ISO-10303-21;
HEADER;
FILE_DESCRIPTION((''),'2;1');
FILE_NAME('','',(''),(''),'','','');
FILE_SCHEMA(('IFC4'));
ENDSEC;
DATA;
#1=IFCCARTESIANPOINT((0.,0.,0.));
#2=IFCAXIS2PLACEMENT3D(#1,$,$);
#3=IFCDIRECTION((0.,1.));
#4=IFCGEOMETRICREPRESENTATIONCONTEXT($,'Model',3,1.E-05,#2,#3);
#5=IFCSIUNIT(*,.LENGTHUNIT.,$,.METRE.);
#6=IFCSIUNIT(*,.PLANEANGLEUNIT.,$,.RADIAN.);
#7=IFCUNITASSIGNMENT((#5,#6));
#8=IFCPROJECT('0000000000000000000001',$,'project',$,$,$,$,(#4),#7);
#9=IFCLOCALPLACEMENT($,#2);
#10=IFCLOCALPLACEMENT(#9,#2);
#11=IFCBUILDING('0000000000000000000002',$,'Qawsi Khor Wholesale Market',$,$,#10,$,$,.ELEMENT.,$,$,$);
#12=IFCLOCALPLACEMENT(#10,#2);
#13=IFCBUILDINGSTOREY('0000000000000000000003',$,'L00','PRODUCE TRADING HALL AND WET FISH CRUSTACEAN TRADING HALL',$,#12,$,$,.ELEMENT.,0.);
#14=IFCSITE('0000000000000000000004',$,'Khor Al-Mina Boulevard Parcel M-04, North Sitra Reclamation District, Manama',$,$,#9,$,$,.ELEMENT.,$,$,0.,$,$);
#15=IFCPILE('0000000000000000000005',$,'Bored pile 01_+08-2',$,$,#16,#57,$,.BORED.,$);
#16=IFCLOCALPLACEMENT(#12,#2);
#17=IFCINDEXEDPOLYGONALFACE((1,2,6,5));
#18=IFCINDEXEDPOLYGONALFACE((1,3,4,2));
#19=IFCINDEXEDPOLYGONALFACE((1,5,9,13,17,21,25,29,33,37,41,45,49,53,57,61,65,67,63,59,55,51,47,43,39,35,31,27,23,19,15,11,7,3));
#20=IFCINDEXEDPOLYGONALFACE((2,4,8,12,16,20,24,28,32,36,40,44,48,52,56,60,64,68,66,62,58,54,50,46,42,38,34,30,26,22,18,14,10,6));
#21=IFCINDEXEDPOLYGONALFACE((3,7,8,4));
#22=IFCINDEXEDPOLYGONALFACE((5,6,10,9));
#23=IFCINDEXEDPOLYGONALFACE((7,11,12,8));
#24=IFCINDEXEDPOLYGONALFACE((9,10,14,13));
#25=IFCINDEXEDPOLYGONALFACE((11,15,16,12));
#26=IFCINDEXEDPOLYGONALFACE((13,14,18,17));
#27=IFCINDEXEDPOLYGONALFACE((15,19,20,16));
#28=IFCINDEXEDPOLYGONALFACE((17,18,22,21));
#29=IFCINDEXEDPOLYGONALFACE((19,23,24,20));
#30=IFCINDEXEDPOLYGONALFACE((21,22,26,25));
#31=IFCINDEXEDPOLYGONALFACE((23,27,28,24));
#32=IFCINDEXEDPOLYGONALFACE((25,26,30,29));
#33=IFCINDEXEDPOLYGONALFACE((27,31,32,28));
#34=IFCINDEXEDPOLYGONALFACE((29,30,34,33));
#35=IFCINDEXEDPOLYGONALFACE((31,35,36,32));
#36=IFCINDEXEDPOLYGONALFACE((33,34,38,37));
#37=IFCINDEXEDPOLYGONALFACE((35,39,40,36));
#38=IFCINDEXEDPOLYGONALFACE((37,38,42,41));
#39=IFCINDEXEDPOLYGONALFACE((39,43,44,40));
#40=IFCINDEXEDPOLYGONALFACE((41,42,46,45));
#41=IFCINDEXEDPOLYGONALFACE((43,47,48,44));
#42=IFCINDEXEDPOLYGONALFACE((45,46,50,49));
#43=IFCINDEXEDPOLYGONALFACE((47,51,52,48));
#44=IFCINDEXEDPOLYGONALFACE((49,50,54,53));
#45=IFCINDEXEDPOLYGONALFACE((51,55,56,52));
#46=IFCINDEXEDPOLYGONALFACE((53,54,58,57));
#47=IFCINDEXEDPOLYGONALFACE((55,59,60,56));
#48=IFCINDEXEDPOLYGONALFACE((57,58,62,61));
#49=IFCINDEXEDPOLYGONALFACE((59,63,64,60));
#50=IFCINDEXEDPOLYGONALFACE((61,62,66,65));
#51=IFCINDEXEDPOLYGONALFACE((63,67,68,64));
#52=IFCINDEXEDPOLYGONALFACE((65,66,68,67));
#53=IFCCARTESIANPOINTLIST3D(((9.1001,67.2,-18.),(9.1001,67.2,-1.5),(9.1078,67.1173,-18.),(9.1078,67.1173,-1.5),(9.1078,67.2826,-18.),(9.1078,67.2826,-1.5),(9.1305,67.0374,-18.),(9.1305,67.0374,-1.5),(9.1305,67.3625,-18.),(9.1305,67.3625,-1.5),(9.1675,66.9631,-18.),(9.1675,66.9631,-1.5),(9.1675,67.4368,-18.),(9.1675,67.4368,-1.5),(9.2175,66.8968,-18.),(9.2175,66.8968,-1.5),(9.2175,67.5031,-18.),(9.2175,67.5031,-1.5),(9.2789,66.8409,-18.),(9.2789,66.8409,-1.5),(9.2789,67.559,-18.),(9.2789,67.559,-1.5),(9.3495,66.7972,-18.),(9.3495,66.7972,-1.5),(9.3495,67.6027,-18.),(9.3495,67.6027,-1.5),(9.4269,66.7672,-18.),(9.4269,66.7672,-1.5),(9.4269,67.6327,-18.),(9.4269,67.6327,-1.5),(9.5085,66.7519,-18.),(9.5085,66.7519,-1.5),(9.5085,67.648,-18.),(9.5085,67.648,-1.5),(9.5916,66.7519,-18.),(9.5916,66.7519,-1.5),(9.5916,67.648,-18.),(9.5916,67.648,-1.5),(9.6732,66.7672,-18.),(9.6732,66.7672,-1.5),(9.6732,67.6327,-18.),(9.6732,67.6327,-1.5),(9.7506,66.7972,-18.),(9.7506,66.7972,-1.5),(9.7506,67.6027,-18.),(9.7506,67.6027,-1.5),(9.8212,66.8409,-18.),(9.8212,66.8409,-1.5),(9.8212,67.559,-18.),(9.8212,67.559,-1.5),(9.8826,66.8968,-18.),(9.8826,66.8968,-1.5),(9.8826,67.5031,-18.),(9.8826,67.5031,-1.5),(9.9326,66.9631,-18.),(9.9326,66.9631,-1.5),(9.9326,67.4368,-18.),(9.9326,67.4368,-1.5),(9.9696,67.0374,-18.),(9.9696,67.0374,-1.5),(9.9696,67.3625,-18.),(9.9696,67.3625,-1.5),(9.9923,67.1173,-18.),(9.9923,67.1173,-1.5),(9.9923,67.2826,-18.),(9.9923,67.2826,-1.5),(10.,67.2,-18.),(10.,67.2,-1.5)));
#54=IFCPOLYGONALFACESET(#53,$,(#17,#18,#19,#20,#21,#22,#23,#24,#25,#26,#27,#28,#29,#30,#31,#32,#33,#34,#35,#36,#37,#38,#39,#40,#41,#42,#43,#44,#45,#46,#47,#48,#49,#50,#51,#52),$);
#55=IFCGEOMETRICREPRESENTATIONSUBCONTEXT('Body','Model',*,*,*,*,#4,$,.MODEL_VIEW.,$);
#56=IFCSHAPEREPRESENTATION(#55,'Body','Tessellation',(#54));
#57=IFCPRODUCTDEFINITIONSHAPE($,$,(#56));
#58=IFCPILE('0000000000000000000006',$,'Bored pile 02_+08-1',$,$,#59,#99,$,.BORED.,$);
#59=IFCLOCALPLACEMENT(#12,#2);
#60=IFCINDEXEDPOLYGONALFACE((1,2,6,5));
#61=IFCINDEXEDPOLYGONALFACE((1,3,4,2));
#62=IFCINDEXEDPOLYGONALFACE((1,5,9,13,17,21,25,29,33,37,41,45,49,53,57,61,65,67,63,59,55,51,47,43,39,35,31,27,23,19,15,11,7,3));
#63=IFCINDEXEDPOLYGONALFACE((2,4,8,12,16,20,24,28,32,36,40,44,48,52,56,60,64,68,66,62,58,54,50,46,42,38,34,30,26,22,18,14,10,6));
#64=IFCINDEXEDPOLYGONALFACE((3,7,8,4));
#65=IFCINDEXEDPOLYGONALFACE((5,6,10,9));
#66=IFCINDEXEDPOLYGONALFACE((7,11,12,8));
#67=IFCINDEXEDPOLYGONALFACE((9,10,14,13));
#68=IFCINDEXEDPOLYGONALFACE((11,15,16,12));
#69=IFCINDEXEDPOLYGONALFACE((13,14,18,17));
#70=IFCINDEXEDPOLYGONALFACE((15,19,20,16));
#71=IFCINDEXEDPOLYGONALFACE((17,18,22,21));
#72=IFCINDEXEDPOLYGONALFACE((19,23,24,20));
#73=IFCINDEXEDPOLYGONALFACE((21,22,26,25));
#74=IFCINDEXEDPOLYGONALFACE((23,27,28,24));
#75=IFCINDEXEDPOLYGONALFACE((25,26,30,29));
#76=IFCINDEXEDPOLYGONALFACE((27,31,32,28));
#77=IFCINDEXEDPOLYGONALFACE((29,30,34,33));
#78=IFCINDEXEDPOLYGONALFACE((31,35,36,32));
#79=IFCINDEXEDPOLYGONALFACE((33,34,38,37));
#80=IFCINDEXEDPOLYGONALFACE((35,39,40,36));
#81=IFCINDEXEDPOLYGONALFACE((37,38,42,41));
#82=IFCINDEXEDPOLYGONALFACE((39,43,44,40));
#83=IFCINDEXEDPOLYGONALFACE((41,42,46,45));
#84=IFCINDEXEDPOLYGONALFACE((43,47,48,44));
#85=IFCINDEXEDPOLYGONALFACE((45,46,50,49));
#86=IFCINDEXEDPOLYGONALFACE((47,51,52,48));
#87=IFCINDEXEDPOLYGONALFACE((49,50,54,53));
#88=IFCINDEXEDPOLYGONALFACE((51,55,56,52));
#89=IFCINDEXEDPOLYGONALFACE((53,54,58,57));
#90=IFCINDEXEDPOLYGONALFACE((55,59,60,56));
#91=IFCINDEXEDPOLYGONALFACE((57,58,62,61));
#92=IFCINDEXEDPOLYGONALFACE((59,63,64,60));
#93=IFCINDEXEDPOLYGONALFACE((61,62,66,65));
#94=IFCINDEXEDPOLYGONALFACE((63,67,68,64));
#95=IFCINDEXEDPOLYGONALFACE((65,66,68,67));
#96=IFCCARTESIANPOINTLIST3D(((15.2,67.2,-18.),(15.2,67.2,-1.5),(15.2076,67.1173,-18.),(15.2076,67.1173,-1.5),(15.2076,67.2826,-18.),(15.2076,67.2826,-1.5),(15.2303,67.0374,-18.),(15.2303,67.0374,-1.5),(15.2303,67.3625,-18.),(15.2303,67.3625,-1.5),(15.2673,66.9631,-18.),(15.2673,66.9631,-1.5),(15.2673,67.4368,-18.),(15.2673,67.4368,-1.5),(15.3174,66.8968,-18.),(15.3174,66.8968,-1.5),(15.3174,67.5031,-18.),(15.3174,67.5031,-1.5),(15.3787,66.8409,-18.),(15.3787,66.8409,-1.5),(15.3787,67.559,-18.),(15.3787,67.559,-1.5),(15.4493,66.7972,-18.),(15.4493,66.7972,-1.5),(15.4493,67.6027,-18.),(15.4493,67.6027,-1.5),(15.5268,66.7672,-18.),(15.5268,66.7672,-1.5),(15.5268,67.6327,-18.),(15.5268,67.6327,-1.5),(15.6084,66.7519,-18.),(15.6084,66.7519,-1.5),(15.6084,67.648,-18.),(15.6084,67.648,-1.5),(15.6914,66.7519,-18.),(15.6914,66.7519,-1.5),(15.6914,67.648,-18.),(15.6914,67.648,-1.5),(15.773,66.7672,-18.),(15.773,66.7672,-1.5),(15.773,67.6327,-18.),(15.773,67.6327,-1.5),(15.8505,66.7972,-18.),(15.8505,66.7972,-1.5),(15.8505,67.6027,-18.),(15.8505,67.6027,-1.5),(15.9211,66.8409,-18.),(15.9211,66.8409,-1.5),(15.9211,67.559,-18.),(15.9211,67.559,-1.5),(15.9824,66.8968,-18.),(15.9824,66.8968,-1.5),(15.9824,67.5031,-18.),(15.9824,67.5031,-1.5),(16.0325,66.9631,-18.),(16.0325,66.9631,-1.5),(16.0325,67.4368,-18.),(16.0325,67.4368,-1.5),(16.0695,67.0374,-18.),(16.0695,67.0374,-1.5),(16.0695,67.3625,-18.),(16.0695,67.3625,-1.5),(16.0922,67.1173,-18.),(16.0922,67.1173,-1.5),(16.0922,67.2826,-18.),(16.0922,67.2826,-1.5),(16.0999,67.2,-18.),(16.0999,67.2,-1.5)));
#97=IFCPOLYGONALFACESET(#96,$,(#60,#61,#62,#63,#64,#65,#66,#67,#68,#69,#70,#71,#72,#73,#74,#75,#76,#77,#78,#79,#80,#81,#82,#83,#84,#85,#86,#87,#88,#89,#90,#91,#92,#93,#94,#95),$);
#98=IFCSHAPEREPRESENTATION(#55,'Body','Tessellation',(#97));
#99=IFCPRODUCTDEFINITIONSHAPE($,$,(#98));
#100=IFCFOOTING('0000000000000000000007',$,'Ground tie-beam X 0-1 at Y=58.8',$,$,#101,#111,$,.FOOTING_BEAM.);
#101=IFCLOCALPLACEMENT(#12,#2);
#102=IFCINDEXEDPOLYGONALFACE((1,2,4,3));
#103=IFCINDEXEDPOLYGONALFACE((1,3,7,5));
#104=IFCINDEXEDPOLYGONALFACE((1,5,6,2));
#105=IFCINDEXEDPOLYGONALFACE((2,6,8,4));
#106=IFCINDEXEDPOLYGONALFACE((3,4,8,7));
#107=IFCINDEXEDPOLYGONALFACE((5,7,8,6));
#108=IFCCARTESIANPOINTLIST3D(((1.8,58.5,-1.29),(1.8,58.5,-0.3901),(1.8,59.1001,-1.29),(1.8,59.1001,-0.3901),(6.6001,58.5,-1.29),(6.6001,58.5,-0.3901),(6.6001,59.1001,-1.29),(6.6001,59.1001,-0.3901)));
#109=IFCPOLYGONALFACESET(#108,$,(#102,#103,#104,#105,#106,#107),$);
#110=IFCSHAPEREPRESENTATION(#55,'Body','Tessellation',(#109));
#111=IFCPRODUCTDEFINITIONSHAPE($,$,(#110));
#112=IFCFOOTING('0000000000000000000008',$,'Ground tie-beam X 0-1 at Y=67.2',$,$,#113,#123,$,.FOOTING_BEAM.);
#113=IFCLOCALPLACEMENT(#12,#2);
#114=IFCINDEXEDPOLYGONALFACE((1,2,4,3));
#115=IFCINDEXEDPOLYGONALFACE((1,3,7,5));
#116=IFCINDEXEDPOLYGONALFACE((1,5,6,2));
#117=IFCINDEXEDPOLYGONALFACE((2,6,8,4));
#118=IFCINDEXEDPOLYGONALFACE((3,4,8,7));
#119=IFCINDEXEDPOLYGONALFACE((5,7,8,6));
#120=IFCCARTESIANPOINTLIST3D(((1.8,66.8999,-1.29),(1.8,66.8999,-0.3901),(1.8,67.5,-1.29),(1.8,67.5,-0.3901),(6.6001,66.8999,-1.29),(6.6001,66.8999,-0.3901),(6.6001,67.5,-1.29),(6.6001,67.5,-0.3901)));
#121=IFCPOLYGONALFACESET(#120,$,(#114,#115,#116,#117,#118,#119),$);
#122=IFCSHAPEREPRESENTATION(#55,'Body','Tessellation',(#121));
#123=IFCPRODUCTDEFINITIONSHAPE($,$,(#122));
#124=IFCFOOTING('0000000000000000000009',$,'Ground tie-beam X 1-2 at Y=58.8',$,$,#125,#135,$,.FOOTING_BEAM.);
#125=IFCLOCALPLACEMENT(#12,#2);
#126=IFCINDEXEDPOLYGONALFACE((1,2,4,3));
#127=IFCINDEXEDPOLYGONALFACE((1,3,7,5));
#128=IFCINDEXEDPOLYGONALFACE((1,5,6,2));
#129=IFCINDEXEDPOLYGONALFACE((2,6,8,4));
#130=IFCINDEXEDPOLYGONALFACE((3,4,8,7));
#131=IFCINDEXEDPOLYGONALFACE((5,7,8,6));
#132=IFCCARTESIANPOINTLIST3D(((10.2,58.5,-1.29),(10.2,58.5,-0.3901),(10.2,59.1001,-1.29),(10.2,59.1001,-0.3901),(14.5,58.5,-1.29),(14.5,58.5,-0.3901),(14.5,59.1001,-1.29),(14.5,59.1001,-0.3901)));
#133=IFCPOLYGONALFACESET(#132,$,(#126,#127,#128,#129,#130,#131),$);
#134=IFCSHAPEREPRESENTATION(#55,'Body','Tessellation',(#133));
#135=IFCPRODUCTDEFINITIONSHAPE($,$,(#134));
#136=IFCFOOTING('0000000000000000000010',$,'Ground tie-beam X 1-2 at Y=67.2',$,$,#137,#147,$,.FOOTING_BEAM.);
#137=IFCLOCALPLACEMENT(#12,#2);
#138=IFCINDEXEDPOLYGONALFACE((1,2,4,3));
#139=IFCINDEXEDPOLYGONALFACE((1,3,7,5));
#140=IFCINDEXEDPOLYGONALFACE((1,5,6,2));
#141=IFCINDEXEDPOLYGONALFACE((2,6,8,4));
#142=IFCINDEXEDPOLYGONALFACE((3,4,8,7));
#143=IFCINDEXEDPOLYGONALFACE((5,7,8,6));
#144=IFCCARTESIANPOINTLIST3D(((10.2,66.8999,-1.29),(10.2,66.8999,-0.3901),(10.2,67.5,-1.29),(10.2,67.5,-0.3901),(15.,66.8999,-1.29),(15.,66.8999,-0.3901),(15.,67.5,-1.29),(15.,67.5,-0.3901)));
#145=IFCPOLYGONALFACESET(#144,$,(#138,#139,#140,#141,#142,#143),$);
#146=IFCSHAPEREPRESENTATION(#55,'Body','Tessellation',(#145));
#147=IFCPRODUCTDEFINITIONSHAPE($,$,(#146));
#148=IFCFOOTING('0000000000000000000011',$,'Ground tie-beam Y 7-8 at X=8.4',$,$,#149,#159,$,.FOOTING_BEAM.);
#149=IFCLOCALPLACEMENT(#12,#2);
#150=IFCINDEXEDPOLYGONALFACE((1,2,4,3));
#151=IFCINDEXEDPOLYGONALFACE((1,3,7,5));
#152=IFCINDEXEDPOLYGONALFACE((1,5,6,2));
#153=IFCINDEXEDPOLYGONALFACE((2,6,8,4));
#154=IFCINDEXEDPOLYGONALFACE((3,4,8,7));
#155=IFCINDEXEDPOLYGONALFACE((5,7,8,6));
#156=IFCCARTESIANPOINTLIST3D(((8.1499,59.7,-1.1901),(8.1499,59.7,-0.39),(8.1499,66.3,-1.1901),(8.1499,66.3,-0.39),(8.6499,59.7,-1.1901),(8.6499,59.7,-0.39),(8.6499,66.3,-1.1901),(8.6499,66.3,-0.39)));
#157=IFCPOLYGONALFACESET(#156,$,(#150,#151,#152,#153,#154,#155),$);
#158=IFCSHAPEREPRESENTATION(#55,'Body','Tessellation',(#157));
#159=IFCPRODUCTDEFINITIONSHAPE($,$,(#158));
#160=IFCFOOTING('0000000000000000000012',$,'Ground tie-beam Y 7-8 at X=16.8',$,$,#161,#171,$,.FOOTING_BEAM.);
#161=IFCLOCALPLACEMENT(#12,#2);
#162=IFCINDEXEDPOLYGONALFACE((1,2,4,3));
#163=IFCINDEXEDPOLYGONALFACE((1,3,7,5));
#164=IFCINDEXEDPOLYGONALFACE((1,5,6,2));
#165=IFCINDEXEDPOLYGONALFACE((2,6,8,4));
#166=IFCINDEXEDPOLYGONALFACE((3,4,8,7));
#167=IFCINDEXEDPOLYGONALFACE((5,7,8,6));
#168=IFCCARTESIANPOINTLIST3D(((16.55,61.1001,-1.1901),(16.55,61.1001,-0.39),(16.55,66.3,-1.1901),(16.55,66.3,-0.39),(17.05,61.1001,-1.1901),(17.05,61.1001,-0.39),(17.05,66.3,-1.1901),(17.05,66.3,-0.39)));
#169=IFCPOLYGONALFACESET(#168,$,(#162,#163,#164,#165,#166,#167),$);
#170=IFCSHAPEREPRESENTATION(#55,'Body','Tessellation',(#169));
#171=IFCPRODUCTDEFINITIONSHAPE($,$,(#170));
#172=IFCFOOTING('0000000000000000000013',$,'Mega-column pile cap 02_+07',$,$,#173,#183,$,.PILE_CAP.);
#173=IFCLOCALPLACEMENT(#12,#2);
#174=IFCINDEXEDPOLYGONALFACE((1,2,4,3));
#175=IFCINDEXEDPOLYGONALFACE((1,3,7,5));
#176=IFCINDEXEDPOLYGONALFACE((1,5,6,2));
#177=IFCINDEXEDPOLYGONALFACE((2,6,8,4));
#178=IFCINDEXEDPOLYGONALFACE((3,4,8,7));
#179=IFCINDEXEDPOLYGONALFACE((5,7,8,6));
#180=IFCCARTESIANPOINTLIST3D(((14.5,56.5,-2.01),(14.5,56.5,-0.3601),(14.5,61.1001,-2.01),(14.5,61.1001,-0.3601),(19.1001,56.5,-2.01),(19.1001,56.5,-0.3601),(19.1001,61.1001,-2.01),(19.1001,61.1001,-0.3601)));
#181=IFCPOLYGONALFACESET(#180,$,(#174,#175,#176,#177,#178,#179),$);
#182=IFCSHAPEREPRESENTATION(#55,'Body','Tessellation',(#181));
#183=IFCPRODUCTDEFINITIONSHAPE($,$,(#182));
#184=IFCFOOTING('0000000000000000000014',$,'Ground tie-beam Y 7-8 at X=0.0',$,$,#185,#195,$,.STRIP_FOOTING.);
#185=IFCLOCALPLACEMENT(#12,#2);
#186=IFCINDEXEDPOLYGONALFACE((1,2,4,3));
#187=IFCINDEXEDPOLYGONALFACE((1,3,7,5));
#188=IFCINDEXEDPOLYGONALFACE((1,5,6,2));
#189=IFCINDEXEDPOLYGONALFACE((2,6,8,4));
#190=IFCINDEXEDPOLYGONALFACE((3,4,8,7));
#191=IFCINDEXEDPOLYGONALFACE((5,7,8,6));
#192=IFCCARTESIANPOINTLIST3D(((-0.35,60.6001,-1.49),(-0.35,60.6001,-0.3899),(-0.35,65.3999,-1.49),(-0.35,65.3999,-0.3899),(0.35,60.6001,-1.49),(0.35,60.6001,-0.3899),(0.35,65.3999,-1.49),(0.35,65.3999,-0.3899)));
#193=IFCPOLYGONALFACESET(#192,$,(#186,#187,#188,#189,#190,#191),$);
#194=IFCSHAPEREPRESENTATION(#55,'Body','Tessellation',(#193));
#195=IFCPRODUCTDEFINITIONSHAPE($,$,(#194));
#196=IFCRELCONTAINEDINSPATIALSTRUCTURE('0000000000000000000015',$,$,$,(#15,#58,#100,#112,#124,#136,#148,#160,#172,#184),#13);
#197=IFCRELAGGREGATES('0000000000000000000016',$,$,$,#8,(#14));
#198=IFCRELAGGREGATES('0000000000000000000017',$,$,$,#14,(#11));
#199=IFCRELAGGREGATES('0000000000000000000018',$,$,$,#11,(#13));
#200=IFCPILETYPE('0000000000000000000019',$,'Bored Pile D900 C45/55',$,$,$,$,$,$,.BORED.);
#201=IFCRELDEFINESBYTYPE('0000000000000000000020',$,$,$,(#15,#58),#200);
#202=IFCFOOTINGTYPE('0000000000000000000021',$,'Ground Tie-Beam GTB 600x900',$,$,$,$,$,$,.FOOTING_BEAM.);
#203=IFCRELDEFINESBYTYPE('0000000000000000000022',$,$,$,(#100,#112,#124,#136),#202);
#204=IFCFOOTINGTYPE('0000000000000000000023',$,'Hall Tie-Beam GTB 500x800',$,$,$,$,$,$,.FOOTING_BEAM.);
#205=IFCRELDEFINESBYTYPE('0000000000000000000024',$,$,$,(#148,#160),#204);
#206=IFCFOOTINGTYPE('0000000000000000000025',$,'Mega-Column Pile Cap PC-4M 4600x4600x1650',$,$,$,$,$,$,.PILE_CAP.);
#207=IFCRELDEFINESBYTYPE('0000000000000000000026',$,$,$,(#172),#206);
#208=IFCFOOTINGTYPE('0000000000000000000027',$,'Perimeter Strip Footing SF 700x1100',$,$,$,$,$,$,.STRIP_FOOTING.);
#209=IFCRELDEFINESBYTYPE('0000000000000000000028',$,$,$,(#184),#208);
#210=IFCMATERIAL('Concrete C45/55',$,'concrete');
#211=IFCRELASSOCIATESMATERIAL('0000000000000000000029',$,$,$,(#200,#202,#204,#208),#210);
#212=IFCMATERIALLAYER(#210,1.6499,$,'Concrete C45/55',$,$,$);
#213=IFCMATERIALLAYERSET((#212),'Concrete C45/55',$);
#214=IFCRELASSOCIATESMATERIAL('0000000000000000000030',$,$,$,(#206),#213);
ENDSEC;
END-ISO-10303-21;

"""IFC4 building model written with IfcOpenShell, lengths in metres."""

from ifc_helpers import new_model, si_unit, direction, frame, origin, origin_2d, place, context, subcontext, project, spatial, rectangle, circle, extrude, material, layer, layer_set, material_profile, profile_set, type_object, element, save


model = new_model("IFC4")

# Units and contexts
model_context = context("Model", 3, precision=1e-05, world=origin(), true_north=direction((0.0, 1.0)))
body_context = subcontext(model_context, "Body", "Model", "MODEL_VIEW")
ifc_project = project(units=[si_unit("LENGTHUNIT", "METRE"), si_unit("PLANEANGLEUNIT", "RADIAN")], contexts=[model_context])

# Site, building, storey
site_placement = place(None, origin())
site = spatial("IfcSite", under=ifc_project, at=site_placement, Name="Khor Al-Mina Boulevard Parcel M-04, North Sitra Reclamation District, Manama", CompositionType="ELEMENT", RefElevation=0.0)
building_placement = place(site_placement, origin())
building = spatial("IfcBuilding", under=site, at=building_placement, Name="Qawsi Khor Wholesale Market", CompositionType="ELEMENT")
storey_placement = place(building_placement, origin())
storey = spatial("IfcBuildingStorey", under=building, at=storey_placement, Name="L00", Description="PRODUCE TRADING HALL AND WET FISH CRUSTACEAN TRADING HALL", CompositionType="ELEMENT", Elevation=0.0)

# Piles
ifc_material_1 = material(Name="Concrete C45/55", Category="concrete")
ifc_material_profile_1 = material_profile(ifc_material_1, circle(Radius=0.45, at=origin_2d()), Name="PILE D900")
ifc_profile_set_1 = profile_set([ifc_material_profile_1], Name="Concrete C45/55")
pile_type_1 = type_object("IfcPileType", Name="Bored Pile D900 C45/55", PredefinedType="BORED", material=ifc_profile_set_1)
for number, where, z_axis, x_axis, name in (
    (1, (9.55, 67.2, -1.5), (0.0, 0.0, -1.0), (1.0, 0.0, 0.0), "Bored pile 01_+08-2"),
    (2, (15.6499, 67.2, -1.5), (0.0, 0.0, -1.0), (1.0, 0.0, 0.0), "Bored pile 02_+08-1"),
):
    element("IfcPile", number, at=place(storey_placement, frame(where, z_axis=z_axis, x_axis=x_axis)), inside=storey, type_object=pile_type_1, Name=name, PredefinedType="BORED", context=body_context, shape_type="SweptSolid", body=[
        extrude(circle(Radius=0.45, at=origin_2d()), origin(), (0.0, 0.0, 1.0), 16.5),
    ])

# Footings
ifc_material_profile_2 = material_profile(ifc_material_1, rectangle(XDim=0.6001, YDim=0.8999, at=origin_2d()), Name="RC 600x900")
ifc_profile_set_2 = profile_set([ifc_material_profile_2], Name="Concrete C45/55")
footing_type_1 = type_object("IfcFootingType", Name="Ground Tie-Beam GTB 600x900", PredefinedType="FOOTING_BEAM", material=ifc_profile_set_2)
for number, where, z_axis, x_axis, name in (
    (3, (1.8, 58.8, -0.8401), (1.0, 0.0, 0.0), (0.0, 1.0, 0.0), "Ground tie-beam X 0-1 at Y=58.8"),
    (4, (1.8, 67.2, -0.8401), (1.0, 0.0, 0.0), (0.0, 1.0, 0.0), "Ground tie-beam X 0-1 at Y=67.2"),
):
    element("IfcFooting", number, at=place(storey_placement, frame(where, z_axis=z_axis, x_axis=x_axis)), inside=storey, type_object=footing_type_1, Name=name, PredefinedType="FOOTING_BEAM", context=body_context, shape_type="SweptSolid", body=[
        extrude(rectangle(XDim=0.6001, YDim=0.8999, at=origin_2d()), origin(), (0.0, 0.0, 1.0), 4.8),
    ])
footing_1_placement = place(storey_placement, frame((10.2, 58.8, -0.8401), z_axis=(1.0, 0.0, 0.0), x_axis=(0.0, 1.0, 0.0)))
element("IfcFooting", 5, at=footing_1_placement, inside=storey, type_object=footing_type_1, Name="Ground tie-beam X 1-2 at Y=58.8", PredefinedType="FOOTING_BEAM", context=body_context, shape_type="SweptSolid", body=[
    extrude(rectangle(XDim=0.6001, YDim=0.8999, at=origin_2d()), origin(), (0.0, 0.0, 1.0), 4.3),
])
footing_2_placement = place(storey_placement, frame((10.2, 67.2, -0.8401), z_axis=(1.0, 0.0, 0.0), x_axis=(0.0, 1.0, 0.0)))
element("IfcFooting", 6, at=footing_2_placement, inside=storey, type_object=footing_type_1, Name="Ground tie-beam X 1-2 at Y=67.2", PredefinedType="FOOTING_BEAM", context=body_context, shape_type="SweptSolid", body=[
    extrude(rectangle(XDim=0.6001, YDim=0.8999, at=origin_2d()), origin(), (0.0, 0.0, 1.0), 4.8),
])
ifc_material_profile_3 = material_profile(ifc_material_1, rectangle(XDim=0.5, YDim=0.8, at=origin_2d()), Name="RC 500x800")
ifc_profile_set_3 = profile_set([ifc_material_profile_3], Name="Concrete C45/55")
footing_type_2 = type_object("IfcFootingType", Name="Hall Tie-Beam GTB 500x800", PredefinedType="FOOTING_BEAM", material=ifc_profile_set_3)
footing_3_placement = place(storey_placement, frame((8.3999, 59.7, -0.79), z_axis=(0.0, 1.0, 0.0), x_axis=(-1.0, 0.0, 0.0)))
element("IfcFooting", 7, at=footing_3_placement, inside=storey, type_object=footing_type_2, Name="Ground tie-beam Y 7-8 at X=8.4", PredefinedType="FOOTING_BEAM", context=body_context, shape_type="SweptSolid", body=[
    extrude(rectangle(XDim=0.5, YDim=0.8, at=origin_2d()), origin(), (0.0, 0.0, 1.0), 6.6001),
])
footing_4_placement = place(storey_placement, frame((16.8, 61.1001, -0.79), z_axis=(0.0, 1.0, 0.0), x_axis=(-1.0, 0.0, 0.0)))
element("IfcFooting", 8, at=footing_4_placement, inside=storey, type_object=footing_type_2, Name="Ground tie-beam Y 7-8 at X=16.8", PredefinedType="FOOTING_BEAM", context=body_context, shape_type="SweptSolid", body=[
    extrude(rectangle(XDim=0.5, YDim=0.8, at=origin_2d()), origin(), (0.0, 0.0, 1.0), 5.2),
])
ifc_layer_1 = layer(ifc_material_1, 1.6499, Name="Concrete C45/55")
ifc_layer_set_1 = layer_set([ifc_layer_1], Name="Concrete C45/55")
footing_type_3 = type_object("IfcFootingType", Name="Mega-Column Pile Cap PC-4M 4600x4600x1650", PredefinedType="PILE_CAP", material=ifc_layer_set_1)
footing_5_placement = place(storey_placement, frame((16.8, 58.8, -2.01), z_axis=(0.0, 0.0, 1.0), x_axis=(1.0, 0.0, 0.0)))
element("IfcFooting", 9, at=footing_5_placement, inside=storey, type_object=footing_type_3, Name="Mega-column pile cap 02_+07", PredefinedType="PILE_CAP", context=body_context, shape_type="SweptSolid", body=[
    extrude(rectangle(XDim=4.6001, YDim=4.6001, at=origin_2d()), origin(), (0.0, 0.0, 1.0), 1.6499),
])
ifc_material_profile_4 = material_profile(ifc_material_1, rectangle(XDim=0.7, YDim=1.1001, at=origin_2d()), Name="RC 700x1100")
ifc_profile_set_4 = profile_set([ifc_material_profile_4], Name="Concrete C45/55")
footing_type_4 = type_object("IfcFootingType", Name="Perimeter Strip Footing SF 700x1100", PredefinedType="STRIP_FOOTING", material=ifc_profile_set_4)
footing_6_placement = place(storey_placement, frame((0.0, 60.6001, -0.9399), z_axis=(0.0, 1.0, 0.0), x_axis=(-1.0, 0.0, 0.0)))
element("IfcFooting", 10, at=footing_6_placement, inside=storey, type_object=footing_type_4, Name="Ground tie-beam Y 7-8 at X=0.0", PredefinedType="STRIP_FOOTING", context=body_context, shape_type="SweptSolid", body=[
    extrude(rectangle(XDim=0.7, YDim=1.1001, at=origin_2d()), origin(), (0.0, 0.0, 1.0), 4.7998),
])

save(model, "model.ifc")
